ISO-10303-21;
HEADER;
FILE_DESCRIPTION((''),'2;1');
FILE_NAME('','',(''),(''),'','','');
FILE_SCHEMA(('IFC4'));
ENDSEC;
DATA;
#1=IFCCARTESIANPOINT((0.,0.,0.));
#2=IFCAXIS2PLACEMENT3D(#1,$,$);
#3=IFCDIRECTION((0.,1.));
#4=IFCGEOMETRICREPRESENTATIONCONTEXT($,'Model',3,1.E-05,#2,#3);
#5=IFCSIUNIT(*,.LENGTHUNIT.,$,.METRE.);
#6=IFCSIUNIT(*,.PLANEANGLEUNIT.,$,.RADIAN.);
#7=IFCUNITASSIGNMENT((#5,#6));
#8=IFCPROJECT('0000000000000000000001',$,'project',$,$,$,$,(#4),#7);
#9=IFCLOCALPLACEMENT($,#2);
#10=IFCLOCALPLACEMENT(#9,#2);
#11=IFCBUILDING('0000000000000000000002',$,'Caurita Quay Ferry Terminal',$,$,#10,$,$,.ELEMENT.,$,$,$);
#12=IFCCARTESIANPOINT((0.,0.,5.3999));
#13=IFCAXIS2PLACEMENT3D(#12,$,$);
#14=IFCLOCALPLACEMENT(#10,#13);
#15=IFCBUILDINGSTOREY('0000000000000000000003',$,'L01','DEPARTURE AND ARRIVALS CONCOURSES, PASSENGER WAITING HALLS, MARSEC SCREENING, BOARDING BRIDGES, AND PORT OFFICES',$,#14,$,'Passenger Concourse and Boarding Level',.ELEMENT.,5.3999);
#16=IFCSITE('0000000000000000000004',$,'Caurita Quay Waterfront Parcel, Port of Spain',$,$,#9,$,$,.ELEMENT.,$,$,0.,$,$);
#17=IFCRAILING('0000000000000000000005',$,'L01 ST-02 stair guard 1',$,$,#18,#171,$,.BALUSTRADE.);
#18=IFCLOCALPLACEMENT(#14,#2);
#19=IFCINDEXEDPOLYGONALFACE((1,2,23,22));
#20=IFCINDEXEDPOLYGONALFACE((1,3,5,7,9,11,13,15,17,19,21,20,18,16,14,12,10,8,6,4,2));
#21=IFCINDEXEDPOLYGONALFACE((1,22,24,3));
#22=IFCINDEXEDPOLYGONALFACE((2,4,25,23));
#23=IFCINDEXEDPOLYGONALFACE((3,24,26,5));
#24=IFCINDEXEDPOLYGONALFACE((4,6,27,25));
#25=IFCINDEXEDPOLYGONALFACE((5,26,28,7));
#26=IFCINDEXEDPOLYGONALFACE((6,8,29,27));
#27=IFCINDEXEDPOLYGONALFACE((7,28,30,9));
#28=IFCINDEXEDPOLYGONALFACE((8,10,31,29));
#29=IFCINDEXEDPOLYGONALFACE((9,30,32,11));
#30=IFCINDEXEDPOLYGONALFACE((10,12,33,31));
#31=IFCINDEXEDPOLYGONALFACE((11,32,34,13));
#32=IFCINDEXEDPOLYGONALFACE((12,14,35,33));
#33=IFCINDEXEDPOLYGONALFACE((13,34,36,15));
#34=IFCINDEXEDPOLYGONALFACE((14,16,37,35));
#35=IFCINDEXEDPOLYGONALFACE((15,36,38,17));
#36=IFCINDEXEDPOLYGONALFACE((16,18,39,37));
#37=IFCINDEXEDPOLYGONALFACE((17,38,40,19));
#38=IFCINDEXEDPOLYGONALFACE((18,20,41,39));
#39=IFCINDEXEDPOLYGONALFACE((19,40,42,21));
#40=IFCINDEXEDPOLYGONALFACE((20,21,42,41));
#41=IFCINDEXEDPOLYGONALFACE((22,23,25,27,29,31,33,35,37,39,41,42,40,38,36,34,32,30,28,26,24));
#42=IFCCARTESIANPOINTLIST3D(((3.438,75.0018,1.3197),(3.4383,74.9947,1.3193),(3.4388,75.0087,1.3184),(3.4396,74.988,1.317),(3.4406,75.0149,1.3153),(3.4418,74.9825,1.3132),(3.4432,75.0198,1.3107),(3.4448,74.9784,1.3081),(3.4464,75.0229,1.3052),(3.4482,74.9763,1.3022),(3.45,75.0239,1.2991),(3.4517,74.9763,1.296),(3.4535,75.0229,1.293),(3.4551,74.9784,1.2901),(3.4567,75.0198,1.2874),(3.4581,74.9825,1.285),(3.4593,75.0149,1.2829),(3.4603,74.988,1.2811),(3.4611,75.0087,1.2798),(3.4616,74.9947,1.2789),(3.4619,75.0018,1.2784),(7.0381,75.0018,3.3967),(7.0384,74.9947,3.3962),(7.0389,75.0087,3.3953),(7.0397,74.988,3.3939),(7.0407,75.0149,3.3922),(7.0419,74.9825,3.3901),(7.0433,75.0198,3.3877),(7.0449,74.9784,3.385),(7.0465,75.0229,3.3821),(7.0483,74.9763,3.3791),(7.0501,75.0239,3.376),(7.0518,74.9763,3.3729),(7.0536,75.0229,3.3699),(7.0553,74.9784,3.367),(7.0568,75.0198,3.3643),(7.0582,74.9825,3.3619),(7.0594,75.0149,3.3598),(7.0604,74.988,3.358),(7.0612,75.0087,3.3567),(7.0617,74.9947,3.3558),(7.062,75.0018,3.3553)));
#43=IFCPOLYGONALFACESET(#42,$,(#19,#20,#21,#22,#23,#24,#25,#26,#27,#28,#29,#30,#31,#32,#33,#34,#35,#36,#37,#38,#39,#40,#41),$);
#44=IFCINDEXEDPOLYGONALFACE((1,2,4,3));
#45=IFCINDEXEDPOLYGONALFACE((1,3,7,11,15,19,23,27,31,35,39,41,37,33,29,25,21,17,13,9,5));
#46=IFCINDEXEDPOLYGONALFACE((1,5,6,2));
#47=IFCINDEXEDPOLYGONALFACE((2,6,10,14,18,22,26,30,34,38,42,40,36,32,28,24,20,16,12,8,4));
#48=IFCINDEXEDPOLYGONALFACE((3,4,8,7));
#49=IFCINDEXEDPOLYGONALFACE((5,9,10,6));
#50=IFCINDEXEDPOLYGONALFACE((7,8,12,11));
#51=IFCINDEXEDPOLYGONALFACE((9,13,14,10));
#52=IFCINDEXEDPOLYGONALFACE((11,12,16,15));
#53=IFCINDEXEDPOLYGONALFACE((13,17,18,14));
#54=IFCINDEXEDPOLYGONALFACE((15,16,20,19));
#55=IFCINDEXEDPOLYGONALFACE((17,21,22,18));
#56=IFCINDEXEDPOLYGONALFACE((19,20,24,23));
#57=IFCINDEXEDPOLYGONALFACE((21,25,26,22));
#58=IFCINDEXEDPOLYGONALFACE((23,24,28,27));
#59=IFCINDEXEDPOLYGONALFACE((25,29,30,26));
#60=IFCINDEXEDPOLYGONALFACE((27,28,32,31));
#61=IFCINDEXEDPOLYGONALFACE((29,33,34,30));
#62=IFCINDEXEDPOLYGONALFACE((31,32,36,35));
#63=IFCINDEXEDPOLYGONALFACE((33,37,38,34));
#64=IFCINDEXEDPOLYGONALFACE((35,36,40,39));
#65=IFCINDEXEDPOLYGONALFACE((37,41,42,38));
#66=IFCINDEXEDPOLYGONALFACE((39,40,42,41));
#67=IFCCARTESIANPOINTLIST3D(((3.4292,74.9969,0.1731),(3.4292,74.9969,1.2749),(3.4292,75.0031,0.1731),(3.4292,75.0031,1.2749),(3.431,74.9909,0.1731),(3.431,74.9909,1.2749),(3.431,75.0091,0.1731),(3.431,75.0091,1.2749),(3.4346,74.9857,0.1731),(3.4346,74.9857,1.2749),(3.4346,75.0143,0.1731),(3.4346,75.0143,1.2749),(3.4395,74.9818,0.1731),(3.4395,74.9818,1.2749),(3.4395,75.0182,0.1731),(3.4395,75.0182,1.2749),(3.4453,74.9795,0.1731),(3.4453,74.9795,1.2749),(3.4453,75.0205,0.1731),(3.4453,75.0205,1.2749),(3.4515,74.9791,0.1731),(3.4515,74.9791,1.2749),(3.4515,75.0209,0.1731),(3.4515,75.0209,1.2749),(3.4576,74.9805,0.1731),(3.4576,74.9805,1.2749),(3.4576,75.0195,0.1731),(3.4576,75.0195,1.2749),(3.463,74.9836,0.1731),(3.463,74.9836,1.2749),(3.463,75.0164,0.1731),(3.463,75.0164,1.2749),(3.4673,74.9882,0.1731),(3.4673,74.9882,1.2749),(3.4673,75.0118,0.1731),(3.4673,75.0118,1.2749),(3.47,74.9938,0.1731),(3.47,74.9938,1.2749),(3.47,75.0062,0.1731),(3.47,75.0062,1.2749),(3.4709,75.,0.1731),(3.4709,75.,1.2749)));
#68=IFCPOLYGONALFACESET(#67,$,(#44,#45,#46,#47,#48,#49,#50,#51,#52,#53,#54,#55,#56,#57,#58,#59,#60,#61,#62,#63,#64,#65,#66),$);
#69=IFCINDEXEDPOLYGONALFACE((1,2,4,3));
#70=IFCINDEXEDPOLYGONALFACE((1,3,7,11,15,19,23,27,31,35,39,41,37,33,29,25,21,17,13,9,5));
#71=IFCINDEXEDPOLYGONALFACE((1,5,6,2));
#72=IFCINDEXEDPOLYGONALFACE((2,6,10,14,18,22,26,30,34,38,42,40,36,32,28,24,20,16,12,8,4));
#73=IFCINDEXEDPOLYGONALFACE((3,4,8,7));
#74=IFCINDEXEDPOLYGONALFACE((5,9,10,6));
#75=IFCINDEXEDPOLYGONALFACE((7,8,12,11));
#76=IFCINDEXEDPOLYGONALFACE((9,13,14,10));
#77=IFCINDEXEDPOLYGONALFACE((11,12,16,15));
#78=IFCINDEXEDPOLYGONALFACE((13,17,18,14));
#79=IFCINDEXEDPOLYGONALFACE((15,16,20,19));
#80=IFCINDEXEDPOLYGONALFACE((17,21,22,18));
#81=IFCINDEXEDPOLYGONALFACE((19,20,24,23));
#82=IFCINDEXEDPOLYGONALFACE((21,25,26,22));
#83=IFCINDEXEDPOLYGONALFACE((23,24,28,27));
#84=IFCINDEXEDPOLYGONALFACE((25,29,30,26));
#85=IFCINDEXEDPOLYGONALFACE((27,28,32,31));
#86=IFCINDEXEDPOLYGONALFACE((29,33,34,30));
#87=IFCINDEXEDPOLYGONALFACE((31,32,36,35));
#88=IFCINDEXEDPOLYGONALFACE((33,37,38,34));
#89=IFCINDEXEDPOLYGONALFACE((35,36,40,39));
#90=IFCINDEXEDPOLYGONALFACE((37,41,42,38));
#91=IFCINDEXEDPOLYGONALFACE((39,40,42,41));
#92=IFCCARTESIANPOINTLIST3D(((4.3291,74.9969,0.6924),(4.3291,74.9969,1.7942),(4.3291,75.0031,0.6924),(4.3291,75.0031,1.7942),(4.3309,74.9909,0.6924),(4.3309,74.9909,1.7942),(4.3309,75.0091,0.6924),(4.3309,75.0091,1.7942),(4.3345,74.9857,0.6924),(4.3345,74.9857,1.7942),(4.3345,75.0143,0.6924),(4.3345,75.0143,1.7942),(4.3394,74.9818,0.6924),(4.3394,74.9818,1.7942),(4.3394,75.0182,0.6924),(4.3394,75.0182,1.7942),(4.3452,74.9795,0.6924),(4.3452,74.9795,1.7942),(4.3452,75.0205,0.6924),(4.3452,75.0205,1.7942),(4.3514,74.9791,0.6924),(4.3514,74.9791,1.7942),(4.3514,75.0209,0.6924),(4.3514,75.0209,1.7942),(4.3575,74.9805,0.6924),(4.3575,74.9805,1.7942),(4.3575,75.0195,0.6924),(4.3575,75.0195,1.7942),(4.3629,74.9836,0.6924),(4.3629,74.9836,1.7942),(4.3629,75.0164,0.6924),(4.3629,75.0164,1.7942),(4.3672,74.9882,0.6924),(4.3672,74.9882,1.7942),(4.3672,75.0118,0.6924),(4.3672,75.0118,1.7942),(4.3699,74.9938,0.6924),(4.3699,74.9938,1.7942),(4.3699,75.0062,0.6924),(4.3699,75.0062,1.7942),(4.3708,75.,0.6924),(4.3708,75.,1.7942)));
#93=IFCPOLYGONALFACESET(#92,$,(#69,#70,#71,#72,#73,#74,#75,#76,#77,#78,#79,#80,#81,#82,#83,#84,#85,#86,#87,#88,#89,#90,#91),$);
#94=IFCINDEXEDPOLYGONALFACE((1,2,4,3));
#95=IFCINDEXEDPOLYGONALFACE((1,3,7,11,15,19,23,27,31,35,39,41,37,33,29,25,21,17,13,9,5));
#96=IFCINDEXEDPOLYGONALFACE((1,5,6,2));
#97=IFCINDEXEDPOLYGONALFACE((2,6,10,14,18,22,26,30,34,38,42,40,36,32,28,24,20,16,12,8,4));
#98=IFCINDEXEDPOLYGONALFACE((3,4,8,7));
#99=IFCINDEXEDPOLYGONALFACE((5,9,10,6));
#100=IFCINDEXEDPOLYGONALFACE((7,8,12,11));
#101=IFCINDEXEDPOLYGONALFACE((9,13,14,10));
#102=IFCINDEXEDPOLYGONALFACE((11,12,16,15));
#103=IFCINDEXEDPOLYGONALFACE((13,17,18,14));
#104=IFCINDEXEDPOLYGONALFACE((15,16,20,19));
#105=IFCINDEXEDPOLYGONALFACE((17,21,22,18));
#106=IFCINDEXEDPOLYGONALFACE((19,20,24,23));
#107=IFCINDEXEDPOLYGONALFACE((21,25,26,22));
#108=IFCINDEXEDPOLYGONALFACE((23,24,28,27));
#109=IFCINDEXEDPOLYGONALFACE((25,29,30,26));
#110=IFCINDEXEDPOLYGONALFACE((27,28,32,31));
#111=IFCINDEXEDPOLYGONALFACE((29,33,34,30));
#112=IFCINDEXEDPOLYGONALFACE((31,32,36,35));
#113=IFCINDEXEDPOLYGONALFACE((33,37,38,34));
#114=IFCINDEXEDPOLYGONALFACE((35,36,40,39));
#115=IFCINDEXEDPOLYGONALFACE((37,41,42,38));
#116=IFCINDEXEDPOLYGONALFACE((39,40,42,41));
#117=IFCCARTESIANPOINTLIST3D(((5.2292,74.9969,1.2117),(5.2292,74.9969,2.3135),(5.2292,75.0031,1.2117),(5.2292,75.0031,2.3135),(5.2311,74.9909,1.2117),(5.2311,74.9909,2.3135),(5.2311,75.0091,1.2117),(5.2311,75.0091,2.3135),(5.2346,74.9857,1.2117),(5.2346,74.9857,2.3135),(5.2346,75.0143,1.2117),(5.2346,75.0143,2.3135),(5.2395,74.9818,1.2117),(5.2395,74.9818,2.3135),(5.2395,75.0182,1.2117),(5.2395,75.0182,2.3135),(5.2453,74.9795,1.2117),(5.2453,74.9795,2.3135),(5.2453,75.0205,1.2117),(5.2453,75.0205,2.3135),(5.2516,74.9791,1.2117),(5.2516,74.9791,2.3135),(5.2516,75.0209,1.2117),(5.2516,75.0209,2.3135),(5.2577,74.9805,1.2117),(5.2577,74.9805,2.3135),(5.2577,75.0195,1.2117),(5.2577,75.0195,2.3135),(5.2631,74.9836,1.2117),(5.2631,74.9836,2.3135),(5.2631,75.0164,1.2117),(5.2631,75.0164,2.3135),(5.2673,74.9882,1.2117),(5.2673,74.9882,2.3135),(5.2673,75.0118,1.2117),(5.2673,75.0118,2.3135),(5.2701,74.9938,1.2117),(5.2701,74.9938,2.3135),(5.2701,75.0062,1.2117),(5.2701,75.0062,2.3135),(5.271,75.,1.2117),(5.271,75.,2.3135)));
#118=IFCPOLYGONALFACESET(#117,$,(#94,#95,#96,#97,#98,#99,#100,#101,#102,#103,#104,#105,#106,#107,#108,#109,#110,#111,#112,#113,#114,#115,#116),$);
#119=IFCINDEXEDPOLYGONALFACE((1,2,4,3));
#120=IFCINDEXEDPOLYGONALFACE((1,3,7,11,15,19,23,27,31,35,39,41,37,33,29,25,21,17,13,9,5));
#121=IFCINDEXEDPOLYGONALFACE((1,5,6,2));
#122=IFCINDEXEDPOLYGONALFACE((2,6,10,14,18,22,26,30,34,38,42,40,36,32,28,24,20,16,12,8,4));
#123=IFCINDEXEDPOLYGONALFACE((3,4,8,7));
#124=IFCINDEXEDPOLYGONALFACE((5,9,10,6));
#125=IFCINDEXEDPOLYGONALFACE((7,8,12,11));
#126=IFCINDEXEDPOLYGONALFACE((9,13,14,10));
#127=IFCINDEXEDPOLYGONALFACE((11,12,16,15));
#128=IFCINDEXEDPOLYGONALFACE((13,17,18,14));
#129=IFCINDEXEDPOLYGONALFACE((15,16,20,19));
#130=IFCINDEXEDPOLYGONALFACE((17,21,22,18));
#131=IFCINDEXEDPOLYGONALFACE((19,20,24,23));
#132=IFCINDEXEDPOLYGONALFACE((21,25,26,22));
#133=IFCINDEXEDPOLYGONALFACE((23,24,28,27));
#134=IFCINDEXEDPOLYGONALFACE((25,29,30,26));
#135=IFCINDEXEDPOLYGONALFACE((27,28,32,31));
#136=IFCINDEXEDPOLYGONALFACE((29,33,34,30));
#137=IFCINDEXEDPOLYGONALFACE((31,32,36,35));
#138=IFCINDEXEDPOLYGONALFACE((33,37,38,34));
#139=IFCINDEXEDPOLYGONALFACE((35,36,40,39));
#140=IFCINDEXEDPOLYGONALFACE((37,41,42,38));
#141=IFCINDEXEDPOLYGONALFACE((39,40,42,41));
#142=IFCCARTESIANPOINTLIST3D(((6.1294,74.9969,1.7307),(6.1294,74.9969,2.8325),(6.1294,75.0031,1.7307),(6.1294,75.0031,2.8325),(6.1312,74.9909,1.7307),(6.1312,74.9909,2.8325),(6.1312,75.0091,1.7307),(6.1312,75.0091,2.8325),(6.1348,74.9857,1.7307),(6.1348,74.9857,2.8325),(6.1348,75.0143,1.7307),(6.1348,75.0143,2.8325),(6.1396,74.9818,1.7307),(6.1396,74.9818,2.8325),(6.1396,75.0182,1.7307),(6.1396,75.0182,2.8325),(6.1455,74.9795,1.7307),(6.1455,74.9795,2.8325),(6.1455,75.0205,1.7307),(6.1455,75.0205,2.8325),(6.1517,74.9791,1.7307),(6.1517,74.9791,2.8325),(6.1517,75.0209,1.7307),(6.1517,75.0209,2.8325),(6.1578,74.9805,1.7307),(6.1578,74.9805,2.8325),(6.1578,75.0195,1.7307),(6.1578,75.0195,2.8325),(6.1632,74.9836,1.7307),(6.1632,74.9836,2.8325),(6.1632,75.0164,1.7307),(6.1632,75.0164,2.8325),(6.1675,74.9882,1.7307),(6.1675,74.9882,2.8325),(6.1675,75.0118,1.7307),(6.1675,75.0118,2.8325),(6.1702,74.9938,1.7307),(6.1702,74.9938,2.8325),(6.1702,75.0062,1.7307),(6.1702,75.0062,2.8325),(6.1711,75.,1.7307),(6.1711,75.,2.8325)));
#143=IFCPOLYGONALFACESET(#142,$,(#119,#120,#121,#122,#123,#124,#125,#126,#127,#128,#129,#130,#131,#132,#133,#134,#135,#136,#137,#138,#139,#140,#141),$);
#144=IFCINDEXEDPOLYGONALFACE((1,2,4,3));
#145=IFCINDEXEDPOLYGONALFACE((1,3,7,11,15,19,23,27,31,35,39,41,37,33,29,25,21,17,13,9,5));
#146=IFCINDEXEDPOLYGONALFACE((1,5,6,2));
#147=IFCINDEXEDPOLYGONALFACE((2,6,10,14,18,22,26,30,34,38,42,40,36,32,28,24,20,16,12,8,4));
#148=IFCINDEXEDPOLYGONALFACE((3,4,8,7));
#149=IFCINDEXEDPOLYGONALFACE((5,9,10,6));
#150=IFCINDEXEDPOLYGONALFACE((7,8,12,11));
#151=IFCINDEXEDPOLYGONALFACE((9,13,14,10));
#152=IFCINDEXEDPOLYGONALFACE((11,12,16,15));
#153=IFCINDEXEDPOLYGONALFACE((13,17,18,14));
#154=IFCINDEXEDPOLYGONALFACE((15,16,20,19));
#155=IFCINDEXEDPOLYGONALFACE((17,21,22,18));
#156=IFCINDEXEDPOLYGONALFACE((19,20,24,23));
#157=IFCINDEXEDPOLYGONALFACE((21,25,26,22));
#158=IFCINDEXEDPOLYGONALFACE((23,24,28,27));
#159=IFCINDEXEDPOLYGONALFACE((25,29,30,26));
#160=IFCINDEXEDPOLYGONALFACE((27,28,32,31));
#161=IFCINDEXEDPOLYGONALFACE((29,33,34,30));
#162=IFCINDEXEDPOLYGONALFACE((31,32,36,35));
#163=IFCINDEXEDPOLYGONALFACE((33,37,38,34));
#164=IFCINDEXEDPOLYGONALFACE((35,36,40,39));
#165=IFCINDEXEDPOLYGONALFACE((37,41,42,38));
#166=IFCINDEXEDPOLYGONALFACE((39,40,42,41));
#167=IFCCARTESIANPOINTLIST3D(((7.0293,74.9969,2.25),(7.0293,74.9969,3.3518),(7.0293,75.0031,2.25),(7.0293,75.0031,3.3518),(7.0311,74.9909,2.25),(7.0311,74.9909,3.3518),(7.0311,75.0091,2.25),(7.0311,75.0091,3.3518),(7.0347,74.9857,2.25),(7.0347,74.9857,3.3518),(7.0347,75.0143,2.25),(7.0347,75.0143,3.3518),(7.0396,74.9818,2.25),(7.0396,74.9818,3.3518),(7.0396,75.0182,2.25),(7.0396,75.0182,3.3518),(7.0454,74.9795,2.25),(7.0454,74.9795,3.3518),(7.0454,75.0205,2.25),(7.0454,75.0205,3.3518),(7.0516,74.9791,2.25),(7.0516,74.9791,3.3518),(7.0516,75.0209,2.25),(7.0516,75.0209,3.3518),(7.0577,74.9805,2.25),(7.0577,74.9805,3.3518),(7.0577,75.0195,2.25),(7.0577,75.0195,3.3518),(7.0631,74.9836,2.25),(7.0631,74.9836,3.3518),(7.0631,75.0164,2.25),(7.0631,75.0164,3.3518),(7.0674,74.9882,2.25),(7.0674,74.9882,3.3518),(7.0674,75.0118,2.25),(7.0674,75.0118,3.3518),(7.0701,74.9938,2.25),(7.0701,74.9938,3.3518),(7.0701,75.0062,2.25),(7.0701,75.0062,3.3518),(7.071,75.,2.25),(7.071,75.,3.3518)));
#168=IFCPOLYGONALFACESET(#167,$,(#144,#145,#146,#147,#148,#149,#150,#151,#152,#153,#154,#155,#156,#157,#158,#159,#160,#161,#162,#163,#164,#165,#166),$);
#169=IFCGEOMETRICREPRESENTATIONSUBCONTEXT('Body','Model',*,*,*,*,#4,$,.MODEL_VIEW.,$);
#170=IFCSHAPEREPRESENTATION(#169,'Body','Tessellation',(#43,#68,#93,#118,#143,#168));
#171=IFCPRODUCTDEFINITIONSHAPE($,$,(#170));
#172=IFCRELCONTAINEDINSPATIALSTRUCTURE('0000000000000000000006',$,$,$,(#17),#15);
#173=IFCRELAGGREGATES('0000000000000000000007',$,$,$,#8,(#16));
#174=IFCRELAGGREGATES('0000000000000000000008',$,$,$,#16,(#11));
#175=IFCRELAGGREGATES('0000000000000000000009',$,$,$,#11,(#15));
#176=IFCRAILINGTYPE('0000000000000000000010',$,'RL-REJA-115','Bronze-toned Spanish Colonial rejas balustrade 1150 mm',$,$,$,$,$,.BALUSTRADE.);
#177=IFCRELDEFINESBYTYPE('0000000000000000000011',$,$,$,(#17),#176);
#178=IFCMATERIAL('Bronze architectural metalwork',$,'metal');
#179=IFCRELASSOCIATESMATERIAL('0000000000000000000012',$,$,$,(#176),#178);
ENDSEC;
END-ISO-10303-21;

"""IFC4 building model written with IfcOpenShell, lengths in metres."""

from ifc_helpers import new_model, si_unit, direction, frame, origin, origin_2d, place, context, subcontext, project, spatial, circle, extrude, material, type_object, element, save


model = new_model("IFC4")

# Units and contexts
model_context = context("Model", 3, precision=1e-05, world=origin(), true_north=direction((0.0, 1.0)))
body_context = subcontext(model_context, "Body", "Model", "MODEL_VIEW")
ifc_project = project(units=[si_unit("LENGTHUNIT", "METRE"), si_unit("PLANEANGLEUNIT", "RADIAN")], contexts=[model_context])

# Site, building, storey
site_placement = place(None, origin())
site = spatial("IfcSite", under=ifc_project, at=site_placement, Name="Caurita Quay Waterfront Parcel, Port of Spain", CompositionType="ELEMENT", RefElevation=0.0)
building_placement = place(site_placement, origin())
building = spatial("IfcBuilding", under=site, at=building_placement, Name="Caurita Quay Ferry Terminal", CompositionType="ELEMENT")
storey_placement = place(building_placement, frame((0.0, 0.0, 5.3999)))
storey = spatial("IfcBuildingStorey", under=building, at=storey_placement, Name="L01", Description="DEPARTURE AND ARRIVALS CONCOURSES, PASSENGER WAITING HALLS, MARSEC SCREENING, BOARDING BRIDGES, AND PORT OFFICES", LongName="Passenger Concourse and Boarding Level", CompositionType="ELEMENT", Elevation=5.3999)

# Railing
ifc_material_1 = material(Name="Bronze architectural metalwork", Category="metal")
railing_type_1 = type_object("IfcRailingType", Name="RL-REJA-115", Description="Bronze-toned Spanish Colonial rejas balustrade 1150 mm", PredefinedType="BALUSTRADE", material=ifc_material_1)
railing_1_placement = place(storey_placement, frame((3.45, 75.0, 0.1731)))
element("IfcRailing", 1, at=railing_1_placement, inside=storey, type_object=railing_type_1, Name="L01 ST-02 stair guard 1", PredefinedType="BALUSTRADE", context=body_context, shape_type="SweptSolid", body=[
    extrude(circle(Radius=0.0239, at=origin_2d()), frame((0.0, 0.0, 1.126), z_axis=(0.866193, 0.0, 0.499709), x_axis=(0.0, 1.0, 0.0)), (0.0, 0.0, 1.0), 4.1562),
    extrude(circle(Radius=0.021, at=origin_2d()), origin(), (0.0, 0.0, 1.0), 1.1018),
    extrude(circle(Radius=0.021, at=origin_2d()), frame((0.8999, 0.0, 0.5193)), (0.0, 0.0, 1.0), 1.1018),
    extrude(circle(Radius=0.021, at=origin_2d()), frame((1.8, 0.0, 1.0386)), (0.0, 0.0, 1.0), 1.1018),
    extrude(circle(Radius=0.021, at=origin_2d()), frame((2.7002, 0.0, 1.5576)), (0.0, 0.0, 1.0), 1.1018),
    extrude(circle(Radius=0.021, at=origin_2d()), frame((3.6001, 0.0, 2.0769)), (0.0, 0.0, 1.0), 1.1018),
])

save(model, "model.ifc")
